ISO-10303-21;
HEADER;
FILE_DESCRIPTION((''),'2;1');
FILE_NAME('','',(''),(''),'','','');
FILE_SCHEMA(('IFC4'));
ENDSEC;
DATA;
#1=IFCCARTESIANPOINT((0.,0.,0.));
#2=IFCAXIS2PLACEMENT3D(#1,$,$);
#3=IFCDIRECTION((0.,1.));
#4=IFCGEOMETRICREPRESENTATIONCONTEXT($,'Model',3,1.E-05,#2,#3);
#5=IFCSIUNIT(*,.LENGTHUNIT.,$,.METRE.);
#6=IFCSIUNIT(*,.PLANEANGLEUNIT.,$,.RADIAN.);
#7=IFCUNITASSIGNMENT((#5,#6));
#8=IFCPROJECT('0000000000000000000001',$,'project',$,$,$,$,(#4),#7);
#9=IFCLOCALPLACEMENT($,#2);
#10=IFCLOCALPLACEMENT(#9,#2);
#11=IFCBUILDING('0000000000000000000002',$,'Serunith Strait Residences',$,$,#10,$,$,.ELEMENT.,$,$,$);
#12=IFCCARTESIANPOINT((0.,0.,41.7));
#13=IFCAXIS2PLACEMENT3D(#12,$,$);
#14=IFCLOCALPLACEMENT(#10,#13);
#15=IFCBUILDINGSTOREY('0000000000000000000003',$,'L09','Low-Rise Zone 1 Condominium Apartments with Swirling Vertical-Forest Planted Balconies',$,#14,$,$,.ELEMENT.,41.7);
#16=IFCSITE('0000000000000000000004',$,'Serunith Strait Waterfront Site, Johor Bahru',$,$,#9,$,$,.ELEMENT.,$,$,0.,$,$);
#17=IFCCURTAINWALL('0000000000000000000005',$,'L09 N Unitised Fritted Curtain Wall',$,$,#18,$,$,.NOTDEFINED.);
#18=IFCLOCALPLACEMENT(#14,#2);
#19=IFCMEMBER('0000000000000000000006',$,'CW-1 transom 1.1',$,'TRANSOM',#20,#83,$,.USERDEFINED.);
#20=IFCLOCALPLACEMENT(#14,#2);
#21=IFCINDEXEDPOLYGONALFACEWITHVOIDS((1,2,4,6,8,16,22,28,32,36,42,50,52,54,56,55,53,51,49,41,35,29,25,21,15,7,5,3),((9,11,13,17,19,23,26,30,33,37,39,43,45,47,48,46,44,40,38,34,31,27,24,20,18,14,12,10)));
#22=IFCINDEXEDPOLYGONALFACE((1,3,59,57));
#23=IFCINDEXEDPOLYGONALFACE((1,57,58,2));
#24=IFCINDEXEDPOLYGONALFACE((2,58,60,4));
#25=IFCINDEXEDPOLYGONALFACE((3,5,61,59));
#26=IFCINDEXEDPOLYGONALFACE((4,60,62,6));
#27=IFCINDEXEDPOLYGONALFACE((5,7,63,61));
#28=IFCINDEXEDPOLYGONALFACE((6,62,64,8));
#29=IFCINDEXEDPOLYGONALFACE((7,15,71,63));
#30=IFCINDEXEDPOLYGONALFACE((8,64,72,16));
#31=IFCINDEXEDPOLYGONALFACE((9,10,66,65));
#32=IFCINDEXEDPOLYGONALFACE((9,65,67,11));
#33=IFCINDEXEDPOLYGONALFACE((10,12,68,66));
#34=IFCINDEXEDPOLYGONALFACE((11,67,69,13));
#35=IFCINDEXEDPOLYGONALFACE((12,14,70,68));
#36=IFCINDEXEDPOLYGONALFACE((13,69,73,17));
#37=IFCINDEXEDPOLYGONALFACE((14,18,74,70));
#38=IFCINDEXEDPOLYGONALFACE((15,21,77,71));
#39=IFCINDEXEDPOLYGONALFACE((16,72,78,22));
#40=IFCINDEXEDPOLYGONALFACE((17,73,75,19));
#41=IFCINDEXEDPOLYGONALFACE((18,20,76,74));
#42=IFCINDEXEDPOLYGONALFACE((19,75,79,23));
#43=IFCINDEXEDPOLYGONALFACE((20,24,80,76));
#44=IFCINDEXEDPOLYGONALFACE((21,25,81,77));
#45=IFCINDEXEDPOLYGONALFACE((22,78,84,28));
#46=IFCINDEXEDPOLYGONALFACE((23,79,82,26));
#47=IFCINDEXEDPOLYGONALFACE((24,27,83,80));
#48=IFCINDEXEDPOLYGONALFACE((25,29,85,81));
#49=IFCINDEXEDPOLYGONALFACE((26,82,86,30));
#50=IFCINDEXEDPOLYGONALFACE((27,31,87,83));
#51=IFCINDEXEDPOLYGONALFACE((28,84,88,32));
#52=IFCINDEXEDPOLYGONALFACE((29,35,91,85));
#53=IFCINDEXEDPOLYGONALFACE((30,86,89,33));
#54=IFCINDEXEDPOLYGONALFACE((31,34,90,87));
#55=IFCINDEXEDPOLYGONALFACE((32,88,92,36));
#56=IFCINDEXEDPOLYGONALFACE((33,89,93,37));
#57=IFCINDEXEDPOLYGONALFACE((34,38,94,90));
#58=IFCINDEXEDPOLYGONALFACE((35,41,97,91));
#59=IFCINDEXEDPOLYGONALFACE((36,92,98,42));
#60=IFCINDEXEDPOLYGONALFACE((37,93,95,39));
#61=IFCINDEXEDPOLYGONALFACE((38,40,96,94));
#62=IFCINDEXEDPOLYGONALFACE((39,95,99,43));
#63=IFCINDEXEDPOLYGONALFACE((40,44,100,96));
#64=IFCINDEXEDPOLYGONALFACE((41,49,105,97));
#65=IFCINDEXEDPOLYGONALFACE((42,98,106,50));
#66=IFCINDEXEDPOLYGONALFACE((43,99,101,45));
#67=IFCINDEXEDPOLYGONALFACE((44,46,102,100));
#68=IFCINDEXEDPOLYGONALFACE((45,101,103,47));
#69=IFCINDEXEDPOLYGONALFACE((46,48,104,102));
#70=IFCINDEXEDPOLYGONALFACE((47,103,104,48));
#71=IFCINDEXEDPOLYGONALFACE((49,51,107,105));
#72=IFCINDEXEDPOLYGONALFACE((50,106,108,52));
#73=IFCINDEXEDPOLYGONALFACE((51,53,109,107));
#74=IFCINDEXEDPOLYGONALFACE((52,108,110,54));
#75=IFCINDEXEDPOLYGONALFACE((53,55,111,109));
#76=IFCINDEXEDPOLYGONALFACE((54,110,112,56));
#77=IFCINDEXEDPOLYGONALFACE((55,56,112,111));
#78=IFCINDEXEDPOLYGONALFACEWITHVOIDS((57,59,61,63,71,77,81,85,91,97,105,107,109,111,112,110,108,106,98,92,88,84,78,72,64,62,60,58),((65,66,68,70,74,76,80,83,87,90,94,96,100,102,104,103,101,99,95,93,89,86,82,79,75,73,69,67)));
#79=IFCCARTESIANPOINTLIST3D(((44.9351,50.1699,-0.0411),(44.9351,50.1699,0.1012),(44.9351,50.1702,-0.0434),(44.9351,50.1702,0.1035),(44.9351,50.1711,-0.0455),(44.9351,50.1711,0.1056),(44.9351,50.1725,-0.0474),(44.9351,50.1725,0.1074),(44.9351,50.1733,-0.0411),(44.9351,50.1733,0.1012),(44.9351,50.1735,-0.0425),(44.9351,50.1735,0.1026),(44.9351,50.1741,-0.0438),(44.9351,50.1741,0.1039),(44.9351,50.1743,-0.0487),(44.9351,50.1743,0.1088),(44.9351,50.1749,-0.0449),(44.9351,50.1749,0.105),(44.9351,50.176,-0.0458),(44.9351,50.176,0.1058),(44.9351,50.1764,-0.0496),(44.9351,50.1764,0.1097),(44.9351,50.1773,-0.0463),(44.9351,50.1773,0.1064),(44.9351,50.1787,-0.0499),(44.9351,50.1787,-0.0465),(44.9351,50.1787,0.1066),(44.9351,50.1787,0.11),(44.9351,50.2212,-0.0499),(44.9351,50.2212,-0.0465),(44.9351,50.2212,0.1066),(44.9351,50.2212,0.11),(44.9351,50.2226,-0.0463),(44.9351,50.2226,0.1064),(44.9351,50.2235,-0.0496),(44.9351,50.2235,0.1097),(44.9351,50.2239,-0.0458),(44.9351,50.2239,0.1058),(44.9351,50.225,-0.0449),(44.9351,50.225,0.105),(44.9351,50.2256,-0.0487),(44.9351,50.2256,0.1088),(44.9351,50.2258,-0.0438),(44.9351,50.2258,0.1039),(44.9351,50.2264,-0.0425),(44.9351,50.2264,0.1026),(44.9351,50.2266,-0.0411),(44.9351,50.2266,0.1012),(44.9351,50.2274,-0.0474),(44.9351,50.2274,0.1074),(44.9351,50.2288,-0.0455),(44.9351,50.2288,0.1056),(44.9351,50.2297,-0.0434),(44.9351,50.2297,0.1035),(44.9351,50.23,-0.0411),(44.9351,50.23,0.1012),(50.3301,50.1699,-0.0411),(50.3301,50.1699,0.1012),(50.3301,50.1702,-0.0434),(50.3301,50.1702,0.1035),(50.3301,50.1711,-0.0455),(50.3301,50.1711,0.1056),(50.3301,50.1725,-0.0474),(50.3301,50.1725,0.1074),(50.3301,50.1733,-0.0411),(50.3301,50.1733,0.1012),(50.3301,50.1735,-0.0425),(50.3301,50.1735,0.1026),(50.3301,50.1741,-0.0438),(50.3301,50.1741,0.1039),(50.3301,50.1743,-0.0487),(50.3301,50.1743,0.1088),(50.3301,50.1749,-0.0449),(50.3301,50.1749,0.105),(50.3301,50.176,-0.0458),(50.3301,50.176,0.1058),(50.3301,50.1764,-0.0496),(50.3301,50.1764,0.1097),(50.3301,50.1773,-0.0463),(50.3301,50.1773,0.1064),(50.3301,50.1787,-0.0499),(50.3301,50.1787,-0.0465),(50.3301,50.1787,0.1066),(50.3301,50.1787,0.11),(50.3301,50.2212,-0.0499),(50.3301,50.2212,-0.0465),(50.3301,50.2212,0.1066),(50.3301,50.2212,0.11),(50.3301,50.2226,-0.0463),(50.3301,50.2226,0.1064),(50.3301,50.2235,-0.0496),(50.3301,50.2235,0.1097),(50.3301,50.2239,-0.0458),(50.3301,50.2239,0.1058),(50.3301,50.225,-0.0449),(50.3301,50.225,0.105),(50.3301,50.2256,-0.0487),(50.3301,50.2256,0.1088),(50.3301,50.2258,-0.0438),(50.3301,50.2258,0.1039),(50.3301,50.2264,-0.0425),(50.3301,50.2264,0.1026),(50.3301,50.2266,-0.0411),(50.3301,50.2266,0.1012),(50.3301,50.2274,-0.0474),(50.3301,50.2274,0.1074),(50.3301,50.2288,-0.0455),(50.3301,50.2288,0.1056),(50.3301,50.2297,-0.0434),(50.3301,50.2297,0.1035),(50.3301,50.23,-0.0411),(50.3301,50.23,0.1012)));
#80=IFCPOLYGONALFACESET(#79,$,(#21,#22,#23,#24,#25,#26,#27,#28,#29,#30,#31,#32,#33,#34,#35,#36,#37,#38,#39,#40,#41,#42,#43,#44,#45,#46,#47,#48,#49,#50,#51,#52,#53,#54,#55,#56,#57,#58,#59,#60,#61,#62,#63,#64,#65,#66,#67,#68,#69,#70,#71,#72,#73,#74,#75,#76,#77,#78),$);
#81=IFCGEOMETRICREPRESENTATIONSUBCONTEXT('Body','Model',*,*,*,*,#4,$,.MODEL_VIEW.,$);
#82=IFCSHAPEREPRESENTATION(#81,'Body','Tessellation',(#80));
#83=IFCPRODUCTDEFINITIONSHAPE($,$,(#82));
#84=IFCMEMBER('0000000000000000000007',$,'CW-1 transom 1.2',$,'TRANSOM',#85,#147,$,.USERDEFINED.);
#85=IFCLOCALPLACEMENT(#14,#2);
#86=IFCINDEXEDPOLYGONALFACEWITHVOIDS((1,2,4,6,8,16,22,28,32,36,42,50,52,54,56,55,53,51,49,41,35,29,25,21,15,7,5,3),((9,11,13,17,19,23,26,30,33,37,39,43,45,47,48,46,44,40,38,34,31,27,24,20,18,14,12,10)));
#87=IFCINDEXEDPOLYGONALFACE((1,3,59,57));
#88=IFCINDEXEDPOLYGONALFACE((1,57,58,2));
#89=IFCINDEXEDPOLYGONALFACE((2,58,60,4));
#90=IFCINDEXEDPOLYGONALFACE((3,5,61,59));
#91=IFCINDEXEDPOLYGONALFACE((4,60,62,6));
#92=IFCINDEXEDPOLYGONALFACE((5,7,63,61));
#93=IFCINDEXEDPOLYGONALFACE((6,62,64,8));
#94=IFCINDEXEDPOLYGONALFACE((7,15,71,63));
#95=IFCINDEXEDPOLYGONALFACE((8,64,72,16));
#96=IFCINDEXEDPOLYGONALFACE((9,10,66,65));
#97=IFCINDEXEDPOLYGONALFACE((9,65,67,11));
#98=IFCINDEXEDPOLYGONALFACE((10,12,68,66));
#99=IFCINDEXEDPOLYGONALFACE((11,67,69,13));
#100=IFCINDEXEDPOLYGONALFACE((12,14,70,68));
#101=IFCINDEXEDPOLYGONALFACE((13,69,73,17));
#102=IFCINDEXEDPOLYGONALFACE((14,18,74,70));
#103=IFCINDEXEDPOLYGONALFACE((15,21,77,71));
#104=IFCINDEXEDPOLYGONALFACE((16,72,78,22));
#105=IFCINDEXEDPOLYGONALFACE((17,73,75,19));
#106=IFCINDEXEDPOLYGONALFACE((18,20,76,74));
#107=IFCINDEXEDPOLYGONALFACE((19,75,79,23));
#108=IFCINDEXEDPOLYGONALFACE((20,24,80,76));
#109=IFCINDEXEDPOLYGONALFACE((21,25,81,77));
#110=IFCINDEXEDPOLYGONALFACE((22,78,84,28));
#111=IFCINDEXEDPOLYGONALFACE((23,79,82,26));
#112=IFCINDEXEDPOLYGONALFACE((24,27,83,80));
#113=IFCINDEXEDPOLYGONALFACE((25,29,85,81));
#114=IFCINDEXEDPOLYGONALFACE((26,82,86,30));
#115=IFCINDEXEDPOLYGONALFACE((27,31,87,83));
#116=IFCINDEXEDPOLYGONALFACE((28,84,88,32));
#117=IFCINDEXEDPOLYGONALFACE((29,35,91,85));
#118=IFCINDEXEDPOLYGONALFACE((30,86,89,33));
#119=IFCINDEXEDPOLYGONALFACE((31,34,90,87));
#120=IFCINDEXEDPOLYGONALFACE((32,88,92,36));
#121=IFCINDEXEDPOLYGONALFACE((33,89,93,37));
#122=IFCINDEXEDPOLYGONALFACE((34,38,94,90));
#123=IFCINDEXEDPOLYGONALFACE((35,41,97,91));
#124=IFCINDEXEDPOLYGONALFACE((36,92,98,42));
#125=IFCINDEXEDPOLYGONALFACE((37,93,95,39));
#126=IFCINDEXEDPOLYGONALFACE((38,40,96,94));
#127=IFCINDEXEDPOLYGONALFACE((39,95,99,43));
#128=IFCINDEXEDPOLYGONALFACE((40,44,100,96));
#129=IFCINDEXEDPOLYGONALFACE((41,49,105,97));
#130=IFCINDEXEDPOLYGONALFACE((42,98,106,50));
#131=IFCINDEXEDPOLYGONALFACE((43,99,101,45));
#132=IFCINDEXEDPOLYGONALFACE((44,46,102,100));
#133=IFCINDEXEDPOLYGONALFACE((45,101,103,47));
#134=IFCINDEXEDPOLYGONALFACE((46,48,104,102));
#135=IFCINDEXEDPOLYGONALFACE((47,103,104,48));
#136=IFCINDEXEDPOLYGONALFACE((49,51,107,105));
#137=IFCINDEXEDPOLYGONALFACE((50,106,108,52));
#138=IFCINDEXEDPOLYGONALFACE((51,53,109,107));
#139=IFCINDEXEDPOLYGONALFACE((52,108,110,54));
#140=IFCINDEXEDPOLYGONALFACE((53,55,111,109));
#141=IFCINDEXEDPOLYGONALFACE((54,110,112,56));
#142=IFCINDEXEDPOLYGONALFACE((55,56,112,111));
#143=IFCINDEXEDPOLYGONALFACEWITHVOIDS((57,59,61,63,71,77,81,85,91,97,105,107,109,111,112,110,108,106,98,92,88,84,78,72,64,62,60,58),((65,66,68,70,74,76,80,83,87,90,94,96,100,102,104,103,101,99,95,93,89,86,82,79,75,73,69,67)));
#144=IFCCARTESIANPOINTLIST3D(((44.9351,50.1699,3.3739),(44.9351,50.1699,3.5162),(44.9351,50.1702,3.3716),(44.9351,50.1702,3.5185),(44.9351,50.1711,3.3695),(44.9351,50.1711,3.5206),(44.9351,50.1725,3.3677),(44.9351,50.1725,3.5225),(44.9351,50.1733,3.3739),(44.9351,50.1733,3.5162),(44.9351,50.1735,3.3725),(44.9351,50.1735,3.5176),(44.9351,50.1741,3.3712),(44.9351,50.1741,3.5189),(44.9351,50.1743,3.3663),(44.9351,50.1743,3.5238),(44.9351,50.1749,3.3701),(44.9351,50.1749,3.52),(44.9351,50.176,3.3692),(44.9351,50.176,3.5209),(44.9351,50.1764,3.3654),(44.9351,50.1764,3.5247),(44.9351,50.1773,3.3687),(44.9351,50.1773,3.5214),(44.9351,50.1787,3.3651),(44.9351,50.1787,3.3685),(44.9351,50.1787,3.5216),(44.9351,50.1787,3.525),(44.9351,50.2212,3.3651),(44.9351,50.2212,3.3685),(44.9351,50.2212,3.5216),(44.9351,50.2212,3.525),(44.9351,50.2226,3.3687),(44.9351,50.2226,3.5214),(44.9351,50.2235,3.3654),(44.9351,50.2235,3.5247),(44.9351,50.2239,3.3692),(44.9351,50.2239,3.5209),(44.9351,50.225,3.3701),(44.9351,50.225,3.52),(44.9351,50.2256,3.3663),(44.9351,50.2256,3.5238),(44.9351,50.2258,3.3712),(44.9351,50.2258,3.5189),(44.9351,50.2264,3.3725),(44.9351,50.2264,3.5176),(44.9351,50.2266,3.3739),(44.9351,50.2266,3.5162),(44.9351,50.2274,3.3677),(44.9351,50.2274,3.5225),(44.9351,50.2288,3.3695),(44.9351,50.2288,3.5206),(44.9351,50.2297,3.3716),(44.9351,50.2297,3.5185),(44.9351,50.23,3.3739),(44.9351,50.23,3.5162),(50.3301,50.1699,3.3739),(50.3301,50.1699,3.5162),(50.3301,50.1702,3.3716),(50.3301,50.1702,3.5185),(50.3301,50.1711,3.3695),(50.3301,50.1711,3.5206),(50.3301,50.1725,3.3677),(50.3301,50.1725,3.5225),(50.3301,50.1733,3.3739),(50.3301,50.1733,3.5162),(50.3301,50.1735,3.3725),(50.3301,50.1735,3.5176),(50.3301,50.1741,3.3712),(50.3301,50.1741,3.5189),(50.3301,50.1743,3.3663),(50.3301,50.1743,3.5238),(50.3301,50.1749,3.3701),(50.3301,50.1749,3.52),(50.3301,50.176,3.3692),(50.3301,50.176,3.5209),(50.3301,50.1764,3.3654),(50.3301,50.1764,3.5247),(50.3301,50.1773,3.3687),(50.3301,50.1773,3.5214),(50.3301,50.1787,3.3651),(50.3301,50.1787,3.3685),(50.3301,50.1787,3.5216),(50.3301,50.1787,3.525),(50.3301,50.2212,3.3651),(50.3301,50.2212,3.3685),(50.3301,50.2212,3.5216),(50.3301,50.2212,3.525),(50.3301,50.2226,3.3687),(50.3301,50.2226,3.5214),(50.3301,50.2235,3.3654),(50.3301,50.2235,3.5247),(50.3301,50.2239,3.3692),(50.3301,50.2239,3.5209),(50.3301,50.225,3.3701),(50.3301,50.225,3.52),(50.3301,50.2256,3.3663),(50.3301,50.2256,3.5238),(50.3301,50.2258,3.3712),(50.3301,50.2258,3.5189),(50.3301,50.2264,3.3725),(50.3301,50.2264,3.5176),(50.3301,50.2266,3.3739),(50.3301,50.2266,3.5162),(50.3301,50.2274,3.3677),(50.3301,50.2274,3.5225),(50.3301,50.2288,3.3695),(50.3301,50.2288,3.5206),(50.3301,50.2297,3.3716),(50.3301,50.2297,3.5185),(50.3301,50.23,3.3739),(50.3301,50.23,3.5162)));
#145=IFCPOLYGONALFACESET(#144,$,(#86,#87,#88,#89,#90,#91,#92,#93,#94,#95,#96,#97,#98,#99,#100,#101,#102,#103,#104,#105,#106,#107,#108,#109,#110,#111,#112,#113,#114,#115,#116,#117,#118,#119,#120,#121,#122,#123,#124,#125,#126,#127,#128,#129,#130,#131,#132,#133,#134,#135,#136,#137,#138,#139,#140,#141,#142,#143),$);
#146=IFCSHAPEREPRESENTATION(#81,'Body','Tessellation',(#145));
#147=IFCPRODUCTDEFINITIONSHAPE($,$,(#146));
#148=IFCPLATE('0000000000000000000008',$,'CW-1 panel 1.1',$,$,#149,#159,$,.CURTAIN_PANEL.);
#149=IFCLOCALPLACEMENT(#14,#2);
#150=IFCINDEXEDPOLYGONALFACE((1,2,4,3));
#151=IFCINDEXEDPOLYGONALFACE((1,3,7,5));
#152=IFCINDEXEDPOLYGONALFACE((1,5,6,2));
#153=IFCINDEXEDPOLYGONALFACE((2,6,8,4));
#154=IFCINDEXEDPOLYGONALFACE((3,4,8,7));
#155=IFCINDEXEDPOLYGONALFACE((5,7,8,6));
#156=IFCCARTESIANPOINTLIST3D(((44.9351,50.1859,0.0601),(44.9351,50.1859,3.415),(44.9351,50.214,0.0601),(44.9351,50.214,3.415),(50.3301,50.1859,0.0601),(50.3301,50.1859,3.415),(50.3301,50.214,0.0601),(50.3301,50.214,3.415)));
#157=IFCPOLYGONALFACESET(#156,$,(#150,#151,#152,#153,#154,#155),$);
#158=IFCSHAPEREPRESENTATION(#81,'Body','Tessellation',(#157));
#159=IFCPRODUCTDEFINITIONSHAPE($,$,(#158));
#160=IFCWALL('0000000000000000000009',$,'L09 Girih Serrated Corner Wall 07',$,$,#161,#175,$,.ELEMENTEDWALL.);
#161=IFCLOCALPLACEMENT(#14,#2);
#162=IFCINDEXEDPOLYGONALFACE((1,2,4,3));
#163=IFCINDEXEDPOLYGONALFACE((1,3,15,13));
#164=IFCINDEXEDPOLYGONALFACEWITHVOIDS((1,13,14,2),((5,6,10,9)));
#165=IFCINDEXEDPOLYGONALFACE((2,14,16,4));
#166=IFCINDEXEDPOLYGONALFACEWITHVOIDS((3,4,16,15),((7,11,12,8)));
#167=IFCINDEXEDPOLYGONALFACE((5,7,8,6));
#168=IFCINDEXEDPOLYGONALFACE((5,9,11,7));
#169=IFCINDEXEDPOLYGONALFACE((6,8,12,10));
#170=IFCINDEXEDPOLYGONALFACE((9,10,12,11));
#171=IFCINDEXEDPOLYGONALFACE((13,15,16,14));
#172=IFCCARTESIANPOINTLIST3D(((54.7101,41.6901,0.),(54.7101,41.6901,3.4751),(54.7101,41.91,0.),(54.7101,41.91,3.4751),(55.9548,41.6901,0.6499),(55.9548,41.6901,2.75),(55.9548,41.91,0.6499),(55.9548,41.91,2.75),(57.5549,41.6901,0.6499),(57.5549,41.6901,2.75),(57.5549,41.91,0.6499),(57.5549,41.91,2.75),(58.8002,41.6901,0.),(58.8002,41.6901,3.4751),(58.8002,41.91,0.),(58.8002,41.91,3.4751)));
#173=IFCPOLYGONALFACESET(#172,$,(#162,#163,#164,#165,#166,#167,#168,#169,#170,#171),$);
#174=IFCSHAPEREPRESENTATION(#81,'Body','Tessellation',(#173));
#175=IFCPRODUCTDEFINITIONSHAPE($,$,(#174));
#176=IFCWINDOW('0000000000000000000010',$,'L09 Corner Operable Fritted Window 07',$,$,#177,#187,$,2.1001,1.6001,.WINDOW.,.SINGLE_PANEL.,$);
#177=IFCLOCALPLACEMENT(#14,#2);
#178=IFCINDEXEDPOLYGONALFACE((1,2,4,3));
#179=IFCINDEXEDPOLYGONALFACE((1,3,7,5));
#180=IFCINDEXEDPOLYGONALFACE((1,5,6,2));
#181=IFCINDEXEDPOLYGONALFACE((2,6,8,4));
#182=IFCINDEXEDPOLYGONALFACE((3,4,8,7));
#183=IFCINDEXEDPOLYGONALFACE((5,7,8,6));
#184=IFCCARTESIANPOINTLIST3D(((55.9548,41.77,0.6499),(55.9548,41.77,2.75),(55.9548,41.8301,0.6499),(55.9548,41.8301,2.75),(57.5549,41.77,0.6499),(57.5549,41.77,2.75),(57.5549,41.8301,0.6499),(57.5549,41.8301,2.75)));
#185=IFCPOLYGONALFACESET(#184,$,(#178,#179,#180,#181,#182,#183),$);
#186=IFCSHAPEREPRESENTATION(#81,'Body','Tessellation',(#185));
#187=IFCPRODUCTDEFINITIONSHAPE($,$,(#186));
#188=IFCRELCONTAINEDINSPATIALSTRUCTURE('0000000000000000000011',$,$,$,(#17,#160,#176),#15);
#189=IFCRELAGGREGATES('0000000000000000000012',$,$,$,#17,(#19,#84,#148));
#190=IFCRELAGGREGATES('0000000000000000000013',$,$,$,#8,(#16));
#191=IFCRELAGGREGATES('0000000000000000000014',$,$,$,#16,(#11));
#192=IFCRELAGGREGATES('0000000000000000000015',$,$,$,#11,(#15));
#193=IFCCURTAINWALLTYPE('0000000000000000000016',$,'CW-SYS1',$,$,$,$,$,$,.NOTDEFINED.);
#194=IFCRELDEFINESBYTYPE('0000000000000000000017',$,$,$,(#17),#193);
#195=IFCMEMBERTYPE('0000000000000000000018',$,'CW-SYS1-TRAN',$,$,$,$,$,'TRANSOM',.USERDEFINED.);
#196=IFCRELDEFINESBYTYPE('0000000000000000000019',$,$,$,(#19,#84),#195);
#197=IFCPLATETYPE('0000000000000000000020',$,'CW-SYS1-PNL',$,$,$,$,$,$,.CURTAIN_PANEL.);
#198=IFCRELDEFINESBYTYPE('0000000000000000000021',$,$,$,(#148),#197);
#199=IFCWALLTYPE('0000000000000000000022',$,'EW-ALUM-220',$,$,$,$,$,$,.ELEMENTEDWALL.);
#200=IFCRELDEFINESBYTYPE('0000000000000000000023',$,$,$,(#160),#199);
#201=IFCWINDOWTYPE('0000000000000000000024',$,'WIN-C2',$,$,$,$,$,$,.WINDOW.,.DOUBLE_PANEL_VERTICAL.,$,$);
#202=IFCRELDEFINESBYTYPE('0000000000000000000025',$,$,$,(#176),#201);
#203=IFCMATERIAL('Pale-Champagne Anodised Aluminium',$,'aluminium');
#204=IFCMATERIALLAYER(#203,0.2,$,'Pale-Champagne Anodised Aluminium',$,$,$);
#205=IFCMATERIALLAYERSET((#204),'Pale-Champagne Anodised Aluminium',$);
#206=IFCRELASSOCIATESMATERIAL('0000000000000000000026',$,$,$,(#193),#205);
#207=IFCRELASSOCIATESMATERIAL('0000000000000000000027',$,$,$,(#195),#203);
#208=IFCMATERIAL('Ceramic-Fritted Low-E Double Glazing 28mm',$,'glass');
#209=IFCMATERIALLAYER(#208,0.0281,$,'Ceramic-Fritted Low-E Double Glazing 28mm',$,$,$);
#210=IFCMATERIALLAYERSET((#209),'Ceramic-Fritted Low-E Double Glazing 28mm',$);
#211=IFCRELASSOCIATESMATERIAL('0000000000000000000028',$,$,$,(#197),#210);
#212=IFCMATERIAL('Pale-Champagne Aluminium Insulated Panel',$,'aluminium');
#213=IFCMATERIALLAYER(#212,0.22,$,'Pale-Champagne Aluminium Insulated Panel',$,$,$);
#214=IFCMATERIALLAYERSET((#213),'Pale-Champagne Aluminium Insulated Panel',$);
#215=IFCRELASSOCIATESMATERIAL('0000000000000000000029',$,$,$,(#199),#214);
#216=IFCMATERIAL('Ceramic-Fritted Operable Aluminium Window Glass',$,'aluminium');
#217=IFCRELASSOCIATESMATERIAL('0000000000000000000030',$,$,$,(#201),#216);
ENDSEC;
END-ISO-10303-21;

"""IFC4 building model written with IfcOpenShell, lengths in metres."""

from ifc_helpers import new_model, si_unit, direction, frame, frame_2d, origin, origin_2d, place, context, subcontext, project, spatial, rectangle, hollow_rectangle, extrude, source, transform, mapped, material, layer, layer_set, material_profile, profile_set, type_object, element, fill, aggregate, save


model = new_model("IFC4")

# Units and contexts
model_context = context("Model", 3, precision=1e-05, world=origin(), true_north=direction((0.0, 1.0)))
body_context = subcontext(model_context, "Body", "Model", "MODEL_VIEW")
ifc_project = project(units=[si_unit("LENGTHUNIT", "METRE"), si_unit("PLANEANGLEUNIT", "RADIAN")], contexts=[model_context])

# Site, building, storey
site_placement = place(None, origin())
site = spatial("IfcSite", under=ifc_project, at=site_placement, Name="Serunith Strait Waterfront Site, Johor Bahru", CompositionType="ELEMENT", RefElevation=0.0)
building_placement = place(site_placement, origin())
building = spatial("IfcBuilding", under=site, at=building_placement, Name="Serunith Strait Residences", CompositionType="ELEMENT")
storey_placement = place(building_placement, frame((0.0, 0.0, 41.7)))
storey = spatial("IfcBuildingStorey", under=building, at=storey_placement, Name="L09", Description="Low-Rise Zone 1 Condominium Apartments with Swirling Vertical-Forest Planted Balconies", CompositionType="ELEMENT", Elevation=41.7)

# Shared definitions
ifc_material_1 = material(Name="Pale-Champagne Anodised Aluminium", Category="aluminium")
ifc_layer_1 = layer(ifc_material_1, 0.2, Name="Pale-Champagne Anodised Aluminium")
ifc_layer_set_1 = layer_set([ifc_layer_1], Name="Pale-Champagne Anodised Aluminium")
curtain_wall_type = type_object("IfcCurtainWallType", Name="CW-SYS1", PredefinedType="NOTDEFINED", material=ifc_layer_set_1)

# Curtain wall, members, plate
curtain_wall_1_placement = place(storey_placement, origin())
curtain_wall_1 = element("IfcCurtainWall", 1, at=curtain_wall_1_placement, inside=storey, type_object=curtain_wall_type, Name="L09 N Unitised Fritted Curtain Wall", PredefinedType="NOTDEFINED")
ifc_material_profile_1 = material_profile(ifc_material_1, hollow_rectangle(XDim=0.0601, YDim=0.1599, WallThickness=0.0034, InnerFilletRadius=0.0054, OuterFilletRadius=0.0088, at=origin_2d()), Name="ALU 160x60x3.5")
ifc_profile_set_1 = profile_set([ifc_material_profile_1], Name="Pale-Champagne Anodised Aluminium")
member_type_1 = type_object("IfcMemberType", Name="CW-SYS1-TRAN", ElementType="TRANSOM", PredefinedType="USERDEFINED", material=ifc_profile_set_1)
shared_shape_1 = source(origin(), body_context, "Body", "SweptSolid", [
    extrude(hollow_rectangle(XDim=0.0601, YDim=0.1599, WallThickness=0.0034, InnerFilletRadius=0.0054, OuterFilletRadius=0.0088, at=origin_2d()), origin(), (0.0, 0.0, 1.0), 5.395),
])
member_1_placement = place(storey_placement, frame((50.3301, 50.2, 0.03), z_axis=(-1.0, 0.0, 0.0), x_axis=(0.0, -1.0, 0.0)))
member_1 = element("IfcMember", 2, at=member_1_placement, type_object=member_type_1, Name="CW-1 transom 1.1", ObjectType="TRANSOM", PredefinedType="USERDEFINED", context=body_context, shape_type="MappedRepresentation", body=[
    mapped(shared_shape_1, transform((0.0, 0.0, 0.0), scale=1.0)),
])
member_2_placement = place(storey_placement, frame((50.3301, 50.2, 3.4451), z_axis=(-1.0, 0.0, 0.0), x_axis=(0.0, -1.0, 0.0)))
member_2 = element("IfcMember", 3, at=member_2_placement, type_object=member_type_1, Name="CW-1 transom 1.2", ObjectType="TRANSOM", PredefinedType="USERDEFINED", context=body_context, shape_type="MappedRepresentation", body=[
    mapped(shared_shape_1, transform((0.0, 0.0, 0.0), scale=1.0)),
])
ifc_material_2 = material(Name="Ceramic-Fritted Low-E Double Glazing 28mm", Category="glass")
ifc_layer_2 = layer(ifc_material_2, 0.0281, Name="Ceramic-Fritted Low-E Double Glazing 28mm")
ifc_layer_set_2 = layer_set([ifc_layer_2], Name="Ceramic-Fritted Low-E Double Glazing 28mm")
plate_type = type_object("IfcPlateType", Name="CW-SYS1-PNL", PredefinedType="CURTAIN_PANEL", material=ifc_layer_set_2)
shared_shape_2 = source(origin(), body_context, "Body", "SweptSolid", [
    extrude(rectangle(XDim=5.395, YDim=0.0281, at=origin_2d()), origin(), (0.0, 0.0, 1.0), 3.355),
])
plate_placement = place(storey_placement, frame((47.6326, 50.2, 0.0601), z_axis=(0.0, 0.0, 1.0), x_axis=(-1.0, 0.0, 0.0)))
plate = element("IfcPlate", 4, at=plate_placement, type_object=plate_type, Name="CW-1 panel 1.1", PredefinedType="CURTAIN_PANEL", context=body_context, shape_type="MappedRepresentation", body=[
    mapped(shared_shape_2, transform((0.0, 0.0, 0.0), scale=1.0)),
])
aggregate(curtain_wall_1, [member_1, member_2, plate])

# Wall, opening, window
ifc_material_3 = material(Name="Pale-Champagne Aluminium Insulated Panel", Category="aluminium")
ifc_layer_3 = layer(ifc_material_3, 0.22, Name="Pale-Champagne Aluminium Insulated Panel")
ifc_layer_set_3 = layer_set([ifc_layer_3], Name="Pale-Champagne Aluminium Insulated Panel")
wall_type_1 = type_object("IfcWallType", Name="EW-ALUM-220", PredefinedType="ELEMENTEDWALL", material=ifc_layer_set_3)
wall_1_placement = place(storey_placement, frame((58.8, 41.8, 0.0), z_axis=(0.0, 0.0, 1.0), x_axis=(-1.0, 0.0, 0.0)))
wall_1 = element("IfcWall", 5, at=wall_1_placement, inside=storey, type_object=wall_type_1, Name="L09 Girih Serrated Corner Wall 07", PredefinedType="ELEMENTEDWALL", context=body_context, shape_type="SweptSolid", body=[
    extrude(rectangle(XDim=4.0901, YDim=0.22, at=frame_2d((2.0449, 0.0))), origin(), (0.0, 0.0, 1.0), 3.4751),
])
opening_1_placement = place(wall_1_placement, frame((1.2451, 0.0, 0.6499)))
opening_1 = element("IfcOpeningElement", 6, at=opening_1_placement, cuts=wall_1, PredefinedType="OPENING", context=body_context, shape_type="SweptSolid", body=[
    extrude(rectangle(XDim=1.6001, YDim=2.1001, at=frame_2d((0.8, 1.05))), frame((0.0, 0.1201, 0.0), z_axis=(0.0, -1.0, 0.0), x_axis=(1.0, 0.0, 0.0)), (0.0, 0.0, 1.0), 0.24),
])
ifc_material_4 = material(Name="Ceramic-Fritted Operable Aluminium Window Glass", Category="aluminium")
window_type = type_object("IfcWindowType", Name="WIN-C2", PartitioningType="DOUBLE_PANEL_VERTICAL", PredefinedType="WINDOW", material=ifc_material_4)
shared_shape_3 = source(origin(), body_context, "Body", "SweptSolid", [
    extrude(rectangle(XDim=1.6001, YDim=2.1001, at=frame_2d((0.8, 1.05))), frame((0.0, 0.03, 0.0), z_axis=(0.0, -1.0, 0.0), x_axis=(1.0, 0.0, 0.0)), (0.0, 0.0, 1.0), 0.0601),
])
window_1_placement = place(opening_1_placement, origin())
window_1 = element("IfcWindow", 7, at=window_1_placement, inside=storey, type_object=window_type, Name="L09 Corner Operable Fritted Window 07", OverallHeight=2.1001, OverallWidth=1.6001, PartitioningType="SINGLE_PANEL", PredefinedType="WINDOW", context=body_context, shape_type="MappedRepresentation", body=[
    mapped(shared_shape_3, transform((0.0, 0.0, 0.0), scale=1.0)),
])
fill(opening_1, window_1)

save(model, "model.ifc")
